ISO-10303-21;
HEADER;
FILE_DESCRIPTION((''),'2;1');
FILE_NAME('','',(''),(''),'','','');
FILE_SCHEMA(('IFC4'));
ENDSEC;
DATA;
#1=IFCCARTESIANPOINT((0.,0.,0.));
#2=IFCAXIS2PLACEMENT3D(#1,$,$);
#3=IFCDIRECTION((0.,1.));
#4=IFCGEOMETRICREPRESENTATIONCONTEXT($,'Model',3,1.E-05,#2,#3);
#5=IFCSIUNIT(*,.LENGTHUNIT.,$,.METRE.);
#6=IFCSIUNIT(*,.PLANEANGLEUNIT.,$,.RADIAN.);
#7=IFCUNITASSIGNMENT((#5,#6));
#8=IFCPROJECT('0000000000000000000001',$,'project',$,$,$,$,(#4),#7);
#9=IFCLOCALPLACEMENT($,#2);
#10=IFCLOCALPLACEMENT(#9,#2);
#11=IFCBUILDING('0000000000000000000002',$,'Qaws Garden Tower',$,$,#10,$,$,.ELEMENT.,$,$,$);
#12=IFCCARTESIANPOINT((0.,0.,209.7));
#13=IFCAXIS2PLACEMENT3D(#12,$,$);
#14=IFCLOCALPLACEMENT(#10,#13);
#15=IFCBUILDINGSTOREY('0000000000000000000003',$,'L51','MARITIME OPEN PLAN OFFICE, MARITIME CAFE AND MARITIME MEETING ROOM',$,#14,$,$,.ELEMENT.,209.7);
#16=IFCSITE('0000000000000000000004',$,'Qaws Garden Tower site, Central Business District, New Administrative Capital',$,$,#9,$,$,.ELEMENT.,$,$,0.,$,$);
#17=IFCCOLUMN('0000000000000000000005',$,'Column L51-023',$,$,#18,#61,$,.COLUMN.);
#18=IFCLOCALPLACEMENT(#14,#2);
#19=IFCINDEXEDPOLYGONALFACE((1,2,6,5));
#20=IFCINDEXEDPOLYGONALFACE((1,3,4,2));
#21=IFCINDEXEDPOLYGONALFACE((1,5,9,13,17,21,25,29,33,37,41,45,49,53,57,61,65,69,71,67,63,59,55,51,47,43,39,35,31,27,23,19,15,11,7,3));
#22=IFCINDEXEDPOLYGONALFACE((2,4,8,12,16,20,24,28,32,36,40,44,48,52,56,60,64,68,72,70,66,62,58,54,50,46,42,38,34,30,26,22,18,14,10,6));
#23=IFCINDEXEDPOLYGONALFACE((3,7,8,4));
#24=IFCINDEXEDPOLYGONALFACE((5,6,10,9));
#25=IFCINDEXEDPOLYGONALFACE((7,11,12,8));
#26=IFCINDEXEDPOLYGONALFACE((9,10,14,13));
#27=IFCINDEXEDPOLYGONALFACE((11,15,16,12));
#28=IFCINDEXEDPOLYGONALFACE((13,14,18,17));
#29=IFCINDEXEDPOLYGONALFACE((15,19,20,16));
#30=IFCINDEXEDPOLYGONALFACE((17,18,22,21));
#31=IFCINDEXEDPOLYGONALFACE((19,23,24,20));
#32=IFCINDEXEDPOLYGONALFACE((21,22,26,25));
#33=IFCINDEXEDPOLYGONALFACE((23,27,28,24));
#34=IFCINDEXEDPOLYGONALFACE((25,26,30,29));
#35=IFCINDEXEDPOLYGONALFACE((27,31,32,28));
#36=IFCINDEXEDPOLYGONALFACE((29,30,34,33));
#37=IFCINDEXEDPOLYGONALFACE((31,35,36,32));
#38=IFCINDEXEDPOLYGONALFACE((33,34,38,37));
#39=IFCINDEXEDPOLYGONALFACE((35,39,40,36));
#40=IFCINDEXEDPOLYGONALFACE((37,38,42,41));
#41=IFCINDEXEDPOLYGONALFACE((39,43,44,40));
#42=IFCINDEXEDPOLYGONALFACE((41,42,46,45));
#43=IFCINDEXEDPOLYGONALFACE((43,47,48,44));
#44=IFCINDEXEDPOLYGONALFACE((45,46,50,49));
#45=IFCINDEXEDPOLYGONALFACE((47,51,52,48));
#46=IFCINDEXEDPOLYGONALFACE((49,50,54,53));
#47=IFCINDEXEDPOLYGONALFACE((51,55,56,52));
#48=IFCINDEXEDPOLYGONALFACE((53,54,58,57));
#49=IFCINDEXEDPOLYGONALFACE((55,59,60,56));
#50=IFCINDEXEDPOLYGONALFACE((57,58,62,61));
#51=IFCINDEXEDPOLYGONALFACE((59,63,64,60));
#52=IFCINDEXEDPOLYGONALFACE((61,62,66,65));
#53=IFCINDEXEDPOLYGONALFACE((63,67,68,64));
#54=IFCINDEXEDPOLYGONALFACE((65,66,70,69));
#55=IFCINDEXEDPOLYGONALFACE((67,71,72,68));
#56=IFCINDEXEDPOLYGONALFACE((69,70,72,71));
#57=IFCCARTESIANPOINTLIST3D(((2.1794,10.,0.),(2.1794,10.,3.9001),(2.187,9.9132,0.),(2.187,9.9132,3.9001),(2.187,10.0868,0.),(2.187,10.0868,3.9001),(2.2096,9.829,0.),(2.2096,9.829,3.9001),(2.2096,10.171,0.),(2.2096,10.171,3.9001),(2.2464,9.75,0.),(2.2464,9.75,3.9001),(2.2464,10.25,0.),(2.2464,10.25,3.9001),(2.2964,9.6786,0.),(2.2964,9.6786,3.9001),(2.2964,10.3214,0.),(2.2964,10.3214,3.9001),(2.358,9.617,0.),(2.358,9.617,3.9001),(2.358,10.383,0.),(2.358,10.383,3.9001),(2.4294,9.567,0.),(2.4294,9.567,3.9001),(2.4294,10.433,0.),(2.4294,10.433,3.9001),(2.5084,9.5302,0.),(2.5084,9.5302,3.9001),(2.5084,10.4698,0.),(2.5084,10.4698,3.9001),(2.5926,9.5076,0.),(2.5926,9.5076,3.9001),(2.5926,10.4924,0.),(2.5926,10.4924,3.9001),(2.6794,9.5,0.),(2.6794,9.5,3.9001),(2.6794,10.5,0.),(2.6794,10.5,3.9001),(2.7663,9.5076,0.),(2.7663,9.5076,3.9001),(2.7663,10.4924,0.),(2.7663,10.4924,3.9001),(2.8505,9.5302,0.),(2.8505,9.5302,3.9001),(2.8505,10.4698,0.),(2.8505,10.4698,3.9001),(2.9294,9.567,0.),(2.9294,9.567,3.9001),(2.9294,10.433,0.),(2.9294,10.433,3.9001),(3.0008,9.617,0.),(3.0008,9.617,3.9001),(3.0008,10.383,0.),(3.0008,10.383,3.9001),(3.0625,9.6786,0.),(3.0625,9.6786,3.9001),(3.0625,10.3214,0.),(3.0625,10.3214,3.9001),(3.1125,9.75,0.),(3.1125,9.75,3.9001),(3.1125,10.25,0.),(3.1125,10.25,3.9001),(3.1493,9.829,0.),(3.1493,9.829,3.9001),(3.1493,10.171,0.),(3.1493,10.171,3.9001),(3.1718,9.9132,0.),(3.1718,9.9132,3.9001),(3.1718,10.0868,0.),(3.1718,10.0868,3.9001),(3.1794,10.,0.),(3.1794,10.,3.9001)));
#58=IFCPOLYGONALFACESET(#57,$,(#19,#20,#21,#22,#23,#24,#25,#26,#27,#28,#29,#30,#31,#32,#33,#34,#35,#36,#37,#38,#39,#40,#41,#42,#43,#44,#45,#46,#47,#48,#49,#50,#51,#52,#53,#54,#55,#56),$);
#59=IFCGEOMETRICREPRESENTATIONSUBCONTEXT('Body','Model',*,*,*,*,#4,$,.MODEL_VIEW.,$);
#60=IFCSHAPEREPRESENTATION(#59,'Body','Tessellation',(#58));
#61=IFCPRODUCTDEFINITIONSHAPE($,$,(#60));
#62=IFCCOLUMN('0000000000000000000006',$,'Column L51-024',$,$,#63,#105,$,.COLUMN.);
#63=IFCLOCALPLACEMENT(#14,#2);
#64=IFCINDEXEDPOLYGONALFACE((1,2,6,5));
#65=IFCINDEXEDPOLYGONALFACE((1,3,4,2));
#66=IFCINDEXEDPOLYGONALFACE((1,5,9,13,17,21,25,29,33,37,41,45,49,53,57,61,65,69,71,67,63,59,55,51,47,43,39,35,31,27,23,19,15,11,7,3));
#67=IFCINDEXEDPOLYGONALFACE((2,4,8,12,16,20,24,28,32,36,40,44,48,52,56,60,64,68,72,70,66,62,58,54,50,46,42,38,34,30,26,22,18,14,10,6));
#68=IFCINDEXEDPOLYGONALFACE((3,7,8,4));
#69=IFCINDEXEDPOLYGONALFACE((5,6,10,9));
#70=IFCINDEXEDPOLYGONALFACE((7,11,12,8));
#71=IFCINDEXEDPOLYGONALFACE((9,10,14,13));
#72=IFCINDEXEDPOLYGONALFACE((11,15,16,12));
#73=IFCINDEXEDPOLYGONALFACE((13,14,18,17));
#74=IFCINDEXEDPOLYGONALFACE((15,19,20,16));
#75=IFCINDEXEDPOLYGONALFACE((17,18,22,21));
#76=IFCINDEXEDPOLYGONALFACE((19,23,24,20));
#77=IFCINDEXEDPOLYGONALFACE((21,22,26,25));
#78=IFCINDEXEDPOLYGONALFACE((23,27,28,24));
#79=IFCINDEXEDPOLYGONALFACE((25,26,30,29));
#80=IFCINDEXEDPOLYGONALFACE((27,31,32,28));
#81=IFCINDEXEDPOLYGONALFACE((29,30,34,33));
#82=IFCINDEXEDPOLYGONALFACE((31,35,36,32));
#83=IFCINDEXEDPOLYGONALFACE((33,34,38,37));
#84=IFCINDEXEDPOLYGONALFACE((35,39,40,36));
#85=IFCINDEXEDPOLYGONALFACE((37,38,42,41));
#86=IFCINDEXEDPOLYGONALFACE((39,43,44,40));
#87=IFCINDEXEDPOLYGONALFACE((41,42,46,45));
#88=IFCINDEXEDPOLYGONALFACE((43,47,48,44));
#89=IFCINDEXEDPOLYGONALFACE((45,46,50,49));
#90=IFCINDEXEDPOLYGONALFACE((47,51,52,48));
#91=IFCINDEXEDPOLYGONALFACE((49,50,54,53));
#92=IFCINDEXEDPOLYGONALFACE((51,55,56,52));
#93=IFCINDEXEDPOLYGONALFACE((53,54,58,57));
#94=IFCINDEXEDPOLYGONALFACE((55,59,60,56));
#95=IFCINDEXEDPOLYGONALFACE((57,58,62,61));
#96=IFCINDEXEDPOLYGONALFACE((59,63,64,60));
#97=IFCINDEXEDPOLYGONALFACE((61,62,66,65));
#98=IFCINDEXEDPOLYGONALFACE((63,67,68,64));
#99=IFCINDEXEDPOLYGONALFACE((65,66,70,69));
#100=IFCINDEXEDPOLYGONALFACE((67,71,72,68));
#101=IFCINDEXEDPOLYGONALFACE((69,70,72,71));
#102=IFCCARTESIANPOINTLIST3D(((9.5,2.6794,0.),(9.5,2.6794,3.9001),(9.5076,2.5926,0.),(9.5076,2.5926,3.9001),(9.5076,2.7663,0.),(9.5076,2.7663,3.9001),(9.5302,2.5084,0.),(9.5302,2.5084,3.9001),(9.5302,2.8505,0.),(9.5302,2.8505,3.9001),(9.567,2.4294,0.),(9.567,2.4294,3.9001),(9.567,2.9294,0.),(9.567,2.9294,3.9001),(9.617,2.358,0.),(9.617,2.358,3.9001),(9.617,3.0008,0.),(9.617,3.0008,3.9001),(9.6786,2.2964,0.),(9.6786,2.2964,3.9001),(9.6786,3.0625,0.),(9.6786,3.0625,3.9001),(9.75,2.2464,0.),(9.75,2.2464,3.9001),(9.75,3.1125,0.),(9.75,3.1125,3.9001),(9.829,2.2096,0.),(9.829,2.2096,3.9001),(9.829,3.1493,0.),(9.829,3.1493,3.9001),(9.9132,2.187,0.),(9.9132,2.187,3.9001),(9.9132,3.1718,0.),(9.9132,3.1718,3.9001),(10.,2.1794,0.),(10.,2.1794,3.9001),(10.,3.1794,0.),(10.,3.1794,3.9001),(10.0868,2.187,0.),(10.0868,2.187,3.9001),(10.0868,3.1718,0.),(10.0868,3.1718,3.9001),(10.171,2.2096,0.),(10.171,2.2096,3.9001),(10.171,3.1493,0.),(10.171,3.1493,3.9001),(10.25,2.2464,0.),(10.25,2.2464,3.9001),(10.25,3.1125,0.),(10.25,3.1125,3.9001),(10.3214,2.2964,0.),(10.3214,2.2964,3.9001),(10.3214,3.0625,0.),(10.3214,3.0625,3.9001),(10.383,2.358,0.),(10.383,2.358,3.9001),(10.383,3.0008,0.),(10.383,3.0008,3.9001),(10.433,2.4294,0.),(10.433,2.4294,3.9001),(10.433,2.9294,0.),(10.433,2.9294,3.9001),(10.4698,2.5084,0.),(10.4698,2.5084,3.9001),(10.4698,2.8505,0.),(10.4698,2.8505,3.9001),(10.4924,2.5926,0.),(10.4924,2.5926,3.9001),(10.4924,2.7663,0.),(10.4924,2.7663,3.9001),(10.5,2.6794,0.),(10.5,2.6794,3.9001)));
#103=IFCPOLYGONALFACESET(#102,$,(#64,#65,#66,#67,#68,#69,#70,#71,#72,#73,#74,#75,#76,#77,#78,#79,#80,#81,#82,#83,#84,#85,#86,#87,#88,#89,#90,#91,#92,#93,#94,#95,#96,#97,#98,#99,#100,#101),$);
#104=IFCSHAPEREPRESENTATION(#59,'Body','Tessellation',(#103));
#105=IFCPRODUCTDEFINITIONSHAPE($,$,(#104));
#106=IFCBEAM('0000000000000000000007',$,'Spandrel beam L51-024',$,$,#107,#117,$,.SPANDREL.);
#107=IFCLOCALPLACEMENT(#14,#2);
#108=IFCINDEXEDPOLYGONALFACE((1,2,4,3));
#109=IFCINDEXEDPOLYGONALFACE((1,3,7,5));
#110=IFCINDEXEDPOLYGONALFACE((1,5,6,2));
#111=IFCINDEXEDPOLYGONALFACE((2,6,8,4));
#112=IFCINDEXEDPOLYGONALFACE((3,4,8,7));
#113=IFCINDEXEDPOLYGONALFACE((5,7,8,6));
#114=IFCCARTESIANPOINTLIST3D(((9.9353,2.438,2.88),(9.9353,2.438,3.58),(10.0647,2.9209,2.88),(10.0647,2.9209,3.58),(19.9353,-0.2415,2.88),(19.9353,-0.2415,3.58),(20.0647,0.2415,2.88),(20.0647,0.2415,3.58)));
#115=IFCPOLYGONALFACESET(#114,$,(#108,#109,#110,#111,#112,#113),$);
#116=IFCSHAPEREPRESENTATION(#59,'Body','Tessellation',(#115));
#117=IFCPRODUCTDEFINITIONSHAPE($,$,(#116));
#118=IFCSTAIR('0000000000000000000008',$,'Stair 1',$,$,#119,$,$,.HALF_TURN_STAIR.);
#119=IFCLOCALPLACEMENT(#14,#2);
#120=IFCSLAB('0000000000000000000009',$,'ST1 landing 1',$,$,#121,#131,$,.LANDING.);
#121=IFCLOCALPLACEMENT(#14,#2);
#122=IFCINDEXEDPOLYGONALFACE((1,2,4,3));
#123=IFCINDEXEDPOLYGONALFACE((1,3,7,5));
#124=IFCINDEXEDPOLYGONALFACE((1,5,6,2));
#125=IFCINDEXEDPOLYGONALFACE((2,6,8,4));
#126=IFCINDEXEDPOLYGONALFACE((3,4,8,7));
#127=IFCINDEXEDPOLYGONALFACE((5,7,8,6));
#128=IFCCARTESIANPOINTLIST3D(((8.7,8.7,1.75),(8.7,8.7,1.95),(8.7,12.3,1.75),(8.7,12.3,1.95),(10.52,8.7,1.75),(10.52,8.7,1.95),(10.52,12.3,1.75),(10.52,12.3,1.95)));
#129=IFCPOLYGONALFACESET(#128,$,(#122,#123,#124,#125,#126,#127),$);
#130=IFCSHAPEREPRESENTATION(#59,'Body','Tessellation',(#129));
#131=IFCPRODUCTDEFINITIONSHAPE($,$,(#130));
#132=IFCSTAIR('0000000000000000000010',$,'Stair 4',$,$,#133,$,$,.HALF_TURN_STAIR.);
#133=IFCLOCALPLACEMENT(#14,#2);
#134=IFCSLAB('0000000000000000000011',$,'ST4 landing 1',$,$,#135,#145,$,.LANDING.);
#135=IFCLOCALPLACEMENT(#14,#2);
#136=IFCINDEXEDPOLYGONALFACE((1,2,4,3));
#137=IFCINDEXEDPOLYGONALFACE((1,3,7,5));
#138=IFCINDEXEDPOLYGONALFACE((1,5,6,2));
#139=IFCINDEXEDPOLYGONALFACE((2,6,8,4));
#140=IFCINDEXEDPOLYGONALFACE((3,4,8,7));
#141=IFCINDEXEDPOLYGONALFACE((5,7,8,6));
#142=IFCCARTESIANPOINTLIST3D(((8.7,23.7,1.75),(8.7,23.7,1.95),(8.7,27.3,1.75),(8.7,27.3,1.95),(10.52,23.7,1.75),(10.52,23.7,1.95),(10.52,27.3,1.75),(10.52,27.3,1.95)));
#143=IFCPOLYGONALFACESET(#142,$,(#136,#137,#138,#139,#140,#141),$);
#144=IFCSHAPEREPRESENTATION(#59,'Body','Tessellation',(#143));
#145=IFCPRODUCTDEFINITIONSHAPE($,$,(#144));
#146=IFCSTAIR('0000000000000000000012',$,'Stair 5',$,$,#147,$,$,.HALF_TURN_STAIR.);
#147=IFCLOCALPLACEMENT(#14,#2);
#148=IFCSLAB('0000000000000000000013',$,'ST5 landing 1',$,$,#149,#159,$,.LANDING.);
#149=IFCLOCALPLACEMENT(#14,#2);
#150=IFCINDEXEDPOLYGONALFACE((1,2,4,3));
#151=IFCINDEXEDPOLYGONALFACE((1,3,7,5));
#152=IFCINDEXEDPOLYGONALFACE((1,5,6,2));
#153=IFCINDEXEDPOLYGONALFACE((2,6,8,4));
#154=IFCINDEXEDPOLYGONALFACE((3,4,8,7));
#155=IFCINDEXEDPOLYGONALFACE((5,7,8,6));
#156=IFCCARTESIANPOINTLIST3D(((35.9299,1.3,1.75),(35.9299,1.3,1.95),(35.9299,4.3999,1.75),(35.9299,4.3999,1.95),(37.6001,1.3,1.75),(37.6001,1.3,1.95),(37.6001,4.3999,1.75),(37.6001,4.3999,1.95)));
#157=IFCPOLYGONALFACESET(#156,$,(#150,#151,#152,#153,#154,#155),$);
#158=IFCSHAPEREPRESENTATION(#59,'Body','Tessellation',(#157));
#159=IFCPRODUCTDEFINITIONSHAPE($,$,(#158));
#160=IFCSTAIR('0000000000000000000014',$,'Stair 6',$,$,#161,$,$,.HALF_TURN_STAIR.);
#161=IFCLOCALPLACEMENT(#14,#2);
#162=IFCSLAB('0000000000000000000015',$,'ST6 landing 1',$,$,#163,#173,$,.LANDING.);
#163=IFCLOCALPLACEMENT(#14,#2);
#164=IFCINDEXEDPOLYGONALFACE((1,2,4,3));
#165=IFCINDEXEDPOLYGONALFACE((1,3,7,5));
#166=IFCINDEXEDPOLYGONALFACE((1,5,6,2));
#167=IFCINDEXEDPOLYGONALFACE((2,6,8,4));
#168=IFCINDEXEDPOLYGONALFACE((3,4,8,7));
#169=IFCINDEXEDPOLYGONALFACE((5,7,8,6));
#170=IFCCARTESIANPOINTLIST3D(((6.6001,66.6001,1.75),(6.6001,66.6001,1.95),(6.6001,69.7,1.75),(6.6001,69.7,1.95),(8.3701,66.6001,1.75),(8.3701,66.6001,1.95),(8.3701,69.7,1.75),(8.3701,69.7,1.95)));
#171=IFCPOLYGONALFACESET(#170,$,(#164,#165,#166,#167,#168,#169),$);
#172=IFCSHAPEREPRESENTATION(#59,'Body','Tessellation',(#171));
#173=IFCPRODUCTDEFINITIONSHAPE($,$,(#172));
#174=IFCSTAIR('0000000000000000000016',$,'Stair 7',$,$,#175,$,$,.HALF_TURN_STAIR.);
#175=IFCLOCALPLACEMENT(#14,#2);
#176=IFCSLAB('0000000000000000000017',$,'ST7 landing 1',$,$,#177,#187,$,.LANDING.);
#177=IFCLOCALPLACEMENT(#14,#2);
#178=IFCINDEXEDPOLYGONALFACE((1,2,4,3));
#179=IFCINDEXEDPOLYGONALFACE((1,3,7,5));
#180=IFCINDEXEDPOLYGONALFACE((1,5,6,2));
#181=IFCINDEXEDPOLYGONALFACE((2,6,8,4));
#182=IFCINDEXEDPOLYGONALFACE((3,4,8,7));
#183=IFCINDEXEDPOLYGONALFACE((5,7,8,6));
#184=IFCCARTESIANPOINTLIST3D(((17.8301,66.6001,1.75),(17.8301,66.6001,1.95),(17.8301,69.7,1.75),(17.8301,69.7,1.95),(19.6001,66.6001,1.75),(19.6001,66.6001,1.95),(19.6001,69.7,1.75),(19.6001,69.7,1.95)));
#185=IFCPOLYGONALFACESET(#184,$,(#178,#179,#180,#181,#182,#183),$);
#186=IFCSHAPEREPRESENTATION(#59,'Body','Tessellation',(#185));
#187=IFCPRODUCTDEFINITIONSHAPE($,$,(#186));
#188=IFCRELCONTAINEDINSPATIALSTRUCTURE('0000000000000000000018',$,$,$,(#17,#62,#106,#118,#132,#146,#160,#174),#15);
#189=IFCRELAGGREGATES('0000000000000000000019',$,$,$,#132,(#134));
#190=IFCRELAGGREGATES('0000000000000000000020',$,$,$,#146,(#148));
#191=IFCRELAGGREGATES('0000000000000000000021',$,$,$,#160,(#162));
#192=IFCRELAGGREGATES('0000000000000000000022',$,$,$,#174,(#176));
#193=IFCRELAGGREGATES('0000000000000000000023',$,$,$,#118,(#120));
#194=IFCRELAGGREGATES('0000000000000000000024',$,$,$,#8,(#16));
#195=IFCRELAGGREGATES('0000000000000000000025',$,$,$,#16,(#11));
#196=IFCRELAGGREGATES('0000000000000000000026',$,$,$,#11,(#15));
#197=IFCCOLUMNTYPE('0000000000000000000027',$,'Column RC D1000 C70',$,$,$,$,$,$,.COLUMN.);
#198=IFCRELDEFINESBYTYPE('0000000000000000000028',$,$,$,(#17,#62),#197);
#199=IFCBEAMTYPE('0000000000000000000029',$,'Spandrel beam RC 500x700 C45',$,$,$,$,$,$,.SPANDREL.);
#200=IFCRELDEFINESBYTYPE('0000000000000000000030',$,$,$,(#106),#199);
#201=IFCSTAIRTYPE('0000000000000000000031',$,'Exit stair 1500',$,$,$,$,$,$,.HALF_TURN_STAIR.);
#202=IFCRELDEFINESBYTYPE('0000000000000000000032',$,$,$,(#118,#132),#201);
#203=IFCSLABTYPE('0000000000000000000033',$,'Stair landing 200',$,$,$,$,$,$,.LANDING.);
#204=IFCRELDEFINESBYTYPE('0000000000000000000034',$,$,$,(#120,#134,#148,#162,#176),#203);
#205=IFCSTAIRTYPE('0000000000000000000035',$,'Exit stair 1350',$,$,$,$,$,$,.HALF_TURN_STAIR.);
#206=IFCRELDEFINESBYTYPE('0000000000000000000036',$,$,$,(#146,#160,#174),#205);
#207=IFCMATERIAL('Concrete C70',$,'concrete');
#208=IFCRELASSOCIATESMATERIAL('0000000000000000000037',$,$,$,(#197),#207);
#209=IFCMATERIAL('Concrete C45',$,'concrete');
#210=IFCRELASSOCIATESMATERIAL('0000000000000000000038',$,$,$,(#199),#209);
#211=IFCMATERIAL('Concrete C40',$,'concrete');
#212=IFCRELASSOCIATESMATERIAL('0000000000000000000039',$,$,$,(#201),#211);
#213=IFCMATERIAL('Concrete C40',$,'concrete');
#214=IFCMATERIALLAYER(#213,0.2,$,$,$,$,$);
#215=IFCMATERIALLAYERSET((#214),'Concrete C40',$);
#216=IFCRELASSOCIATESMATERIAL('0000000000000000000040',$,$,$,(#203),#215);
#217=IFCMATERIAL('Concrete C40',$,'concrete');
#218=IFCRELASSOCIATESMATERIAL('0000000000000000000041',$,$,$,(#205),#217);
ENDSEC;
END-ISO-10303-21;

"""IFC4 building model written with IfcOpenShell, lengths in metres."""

from ifc_helpers import new_model, si_unit, direction, frame, origin, origin_2d, place, context, subcontext, project, spatial, polyline, rectangle, circle, outline, extrude, material, layer, layer_set, material_profile, profile_set, type_object, element, aggregate, save


model = new_model("IFC4")

# Units and contexts
model_context = context("Model", 3, precision=1e-05, world=origin(), true_north=direction((0.0, 1.0)))
body_context = subcontext(model_context, "Body", "Model", "MODEL_VIEW")
ifc_project = project(units=[si_unit("LENGTHUNIT", "METRE"), si_unit("PLANEANGLEUNIT", "RADIAN")], contexts=[model_context])

# Site, building, storey
site_placement = place(None, origin())
site = spatial("IfcSite", under=ifc_project, at=site_placement, Name="Qaws Garden Tower site, Central Business District, New Administrative Capital", CompositionType="ELEMENT", RefElevation=0.0)
building_placement = place(site_placement, origin())
building = spatial("IfcBuilding", under=site, at=building_placement, Name="Qaws Garden Tower", CompositionType="ELEMENT")
storey_placement = place(building_placement, frame((0.0, 0.0, 209.7)))
storey = spatial("IfcBuildingStorey", under=building, at=storey_placement, Name="L51", Description="MARITIME OPEN PLAN OFFICE, MARITIME CAFE AND MARITIME MEETING ROOM", CompositionType="ELEMENT", Elevation=209.7)

# Columns
ifc_material_1 = material(Name="Concrete C70", Category="concrete")
ifc_material_profile_1 = material_profile(ifc_material_1, circle(Radius=0.5, at=origin_2d()), Name="RC D1000")
ifc_profile_set_1 = profile_set([ifc_material_profile_1], Name="Concrete C70")
column_type = type_object("IfcColumnType", Name="Column RC D1000 C70", PredefinedType="COLUMN", material=ifc_profile_set_1)
for number, where, z_axis, x_axis, name in (
    (1, (2.6794, 10.0, 0.0), (0.0, 0.0, 1.0), (1.0, 0.0, 0.0), "Column L51-023"),
    (2, (10.0, 2.6794, 0.0), (0.0, 0.0, 1.0), (1.0, 0.0, 0.0), "Column L51-024"),
):
    element("IfcColumn", number, at=place(storey_placement, frame(where, z_axis=z_axis, x_axis=x_axis)), inside=storey, type_object=column_type, Name=name, PredefinedType="COLUMN", context=body_context, shape_type="SweptSolid", body=[
        extrude(circle(Radius=0.5, at=origin_2d()), origin(), (0.0, 0.0, 1.0), 3.9001),
    ])

# Beam
ifc_material_2 = material(Name="Concrete C45", Category="concrete")
ifc_material_profile_2 = material_profile(ifc_material_2, rectangle(XDim=0.5, YDim=0.7, at=origin_2d()), Name="RC 500x700")
ifc_profile_set_2 = profile_set([ifc_material_profile_2], Name="Concrete C45")
beam_type = type_object("IfcBeamType", Name="Spandrel beam RC 500x700 C45", PredefinedType="SPANDREL", material=ifc_profile_set_2)
beam_placement = place(storey_placement, frame((10.0, 2.6794, 3.23), z_axis=(0.965927, -0.258815, 0.0), x_axis=(0.258815, 0.965927, 0.0)))
element("IfcBeam", 3, at=beam_placement, inside=storey, type_object=beam_type, Name="Spandrel beam L51-024", PredefinedType="SPANDREL", context=body_context, shape_type="SweptSolid", body=[
    extrude(rectangle(XDim=0.5, YDim=0.7, at=origin_2d()), origin(), (0.0, 0.0, 1.0), 10.3528),
])

# Stairs, slabs
ifc_material_3 = material(Name="Concrete C40", Category="concrete")
stair_type_1 = type_object("IfcStairType", Name="Exit stair 1500", PredefinedType="HALF_TURN_STAIR", material=ifc_material_3)
placement_1 = place(storey_placement, origin())
stair_1 = element("IfcStair", 4, at=placement_1, inside=storey, type_object=stair_type_1, Name="Stair 1", PredefinedType="HALF_TURN_STAIR")
ifc_material_4 = material(Name="Concrete C40", Category="concrete")
ifc_layer_1 = layer(ifc_material_4, 0.2)
ifc_layer_set_1 = layer_set([ifc_layer_1], Name="Concrete C40")
slab_type = type_object("IfcSlabType", Name="Stair landing 200", PredefinedType="LANDING", material=ifc_layer_set_1)
placement_2 = place(storey_placement, frame((0.0, 0.0, 1.75)))
slab_1 = element("IfcSlab", 5, at=placement_2, type_object=slab_type, Name="ST1 landing 1", PredefinedType="LANDING", context=body_context, shape_type="SweptSolid", body=[
    extrude(outline(polyline([(8.7, 8.7), (10.52, 8.7), (10.52, 12.3), (8.7, 12.3), (8.7, 8.7)])), origin(), (0.0, 0.0, 1.0), 0.2),
])
stair_2 = element("IfcStair", 6, at=placement_1, inside=storey, type_object=stair_type_1, Name="Stair 4", PredefinedType="HALF_TURN_STAIR")
slab_2 = element("IfcSlab", 7, at=placement_2, type_object=slab_type, Name="ST4 landing 1", PredefinedType="LANDING", context=body_context, shape_type="SweptSolid", body=[
    extrude(outline(polyline([(8.7, 23.7), (10.52, 23.7), (10.52, 27.3), (8.7, 27.3), (8.7, 23.7)])), origin(), (0.0, 0.0, 1.0), 0.2),
])
aggregate(stair_2, [slab_2])
ifc_material_5 = material(Name="Concrete C40", Category="concrete")
stair_type_2 = type_object("IfcStairType", Name="Exit stair 1350", PredefinedType="HALF_TURN_STAIR", material=ifc_material_5)
stair_3 = element("IfcStair", 8, at=placement_1, inside=storey, type_object=stair_type_2, Name="Stair 5", PredefinedType="HALF_TURN_STAIR")
slab_3 = element("IfcSlab", 9, at=placement_2, type_object=slab_type, Name="ST5 landing 1", PredefinedType="LANDING", context=body_context, shape_type="SweptSolid", body=[
    extrude(outline(polyline([(35.9299, 1.3), (37.6001, 1.3), (37.6001, 4.3999), (35.9299, 4.3999), (35.9299, 1.3)])), origin(), (0.0, 0.0, 1.0), 0.2),
])
aggregate(stair_3, [slab_3])
stair_4 = element("IfcStair", 10, at=placement_1, inside=storey, type_object=stair_type_2, Name="Stair 6", PredefinedType="HALF_TURN_STAIR")
slab_4 = element("IfcSlab", 11, at=placement_2, type_object=slab_type, Name="ST6 landing 1", PredefinedType="LANDING", context=body_context, shape_type="SweptSolid", body=[
    extrude(outline(polyline([(6.6001, 66.6001), (8.3701, 66.6001), (8.3701, 69.7), (6.6001, 69.7), (6.6001, 66.6001)])), origin(), (0.0, 0.0, 1.0), 0.2),
])
aggregate(stair_4, [slab_4])
stair_5 = element("IfcStair", 12, at=placement_1, inside=storey, type_object=stair_type_2, Name="Stair 7", PredefinedType="HALF_TURN_STAIR")
slab_5 = element("IfcSlab", 13, at=placement_2, type_object=slab_type, Name="ST7 landing 1", PredefinedType="LANDING", context=body_context, shape_type="SweptSolid", body=[
    extrude(outline(polyline([(17.8301, 66.6001), (19.6001, 66.6001), (19.6001, 69.7), (17.8301, 69.7), (17.8301, 66.6001)])), origin(), (0.0, 0.0, 1.0), 0.2),
])
aggregate(stair_5, [slab_5])

aggregate(stair_1, [slab_1])

save(model, "model.ifc")
